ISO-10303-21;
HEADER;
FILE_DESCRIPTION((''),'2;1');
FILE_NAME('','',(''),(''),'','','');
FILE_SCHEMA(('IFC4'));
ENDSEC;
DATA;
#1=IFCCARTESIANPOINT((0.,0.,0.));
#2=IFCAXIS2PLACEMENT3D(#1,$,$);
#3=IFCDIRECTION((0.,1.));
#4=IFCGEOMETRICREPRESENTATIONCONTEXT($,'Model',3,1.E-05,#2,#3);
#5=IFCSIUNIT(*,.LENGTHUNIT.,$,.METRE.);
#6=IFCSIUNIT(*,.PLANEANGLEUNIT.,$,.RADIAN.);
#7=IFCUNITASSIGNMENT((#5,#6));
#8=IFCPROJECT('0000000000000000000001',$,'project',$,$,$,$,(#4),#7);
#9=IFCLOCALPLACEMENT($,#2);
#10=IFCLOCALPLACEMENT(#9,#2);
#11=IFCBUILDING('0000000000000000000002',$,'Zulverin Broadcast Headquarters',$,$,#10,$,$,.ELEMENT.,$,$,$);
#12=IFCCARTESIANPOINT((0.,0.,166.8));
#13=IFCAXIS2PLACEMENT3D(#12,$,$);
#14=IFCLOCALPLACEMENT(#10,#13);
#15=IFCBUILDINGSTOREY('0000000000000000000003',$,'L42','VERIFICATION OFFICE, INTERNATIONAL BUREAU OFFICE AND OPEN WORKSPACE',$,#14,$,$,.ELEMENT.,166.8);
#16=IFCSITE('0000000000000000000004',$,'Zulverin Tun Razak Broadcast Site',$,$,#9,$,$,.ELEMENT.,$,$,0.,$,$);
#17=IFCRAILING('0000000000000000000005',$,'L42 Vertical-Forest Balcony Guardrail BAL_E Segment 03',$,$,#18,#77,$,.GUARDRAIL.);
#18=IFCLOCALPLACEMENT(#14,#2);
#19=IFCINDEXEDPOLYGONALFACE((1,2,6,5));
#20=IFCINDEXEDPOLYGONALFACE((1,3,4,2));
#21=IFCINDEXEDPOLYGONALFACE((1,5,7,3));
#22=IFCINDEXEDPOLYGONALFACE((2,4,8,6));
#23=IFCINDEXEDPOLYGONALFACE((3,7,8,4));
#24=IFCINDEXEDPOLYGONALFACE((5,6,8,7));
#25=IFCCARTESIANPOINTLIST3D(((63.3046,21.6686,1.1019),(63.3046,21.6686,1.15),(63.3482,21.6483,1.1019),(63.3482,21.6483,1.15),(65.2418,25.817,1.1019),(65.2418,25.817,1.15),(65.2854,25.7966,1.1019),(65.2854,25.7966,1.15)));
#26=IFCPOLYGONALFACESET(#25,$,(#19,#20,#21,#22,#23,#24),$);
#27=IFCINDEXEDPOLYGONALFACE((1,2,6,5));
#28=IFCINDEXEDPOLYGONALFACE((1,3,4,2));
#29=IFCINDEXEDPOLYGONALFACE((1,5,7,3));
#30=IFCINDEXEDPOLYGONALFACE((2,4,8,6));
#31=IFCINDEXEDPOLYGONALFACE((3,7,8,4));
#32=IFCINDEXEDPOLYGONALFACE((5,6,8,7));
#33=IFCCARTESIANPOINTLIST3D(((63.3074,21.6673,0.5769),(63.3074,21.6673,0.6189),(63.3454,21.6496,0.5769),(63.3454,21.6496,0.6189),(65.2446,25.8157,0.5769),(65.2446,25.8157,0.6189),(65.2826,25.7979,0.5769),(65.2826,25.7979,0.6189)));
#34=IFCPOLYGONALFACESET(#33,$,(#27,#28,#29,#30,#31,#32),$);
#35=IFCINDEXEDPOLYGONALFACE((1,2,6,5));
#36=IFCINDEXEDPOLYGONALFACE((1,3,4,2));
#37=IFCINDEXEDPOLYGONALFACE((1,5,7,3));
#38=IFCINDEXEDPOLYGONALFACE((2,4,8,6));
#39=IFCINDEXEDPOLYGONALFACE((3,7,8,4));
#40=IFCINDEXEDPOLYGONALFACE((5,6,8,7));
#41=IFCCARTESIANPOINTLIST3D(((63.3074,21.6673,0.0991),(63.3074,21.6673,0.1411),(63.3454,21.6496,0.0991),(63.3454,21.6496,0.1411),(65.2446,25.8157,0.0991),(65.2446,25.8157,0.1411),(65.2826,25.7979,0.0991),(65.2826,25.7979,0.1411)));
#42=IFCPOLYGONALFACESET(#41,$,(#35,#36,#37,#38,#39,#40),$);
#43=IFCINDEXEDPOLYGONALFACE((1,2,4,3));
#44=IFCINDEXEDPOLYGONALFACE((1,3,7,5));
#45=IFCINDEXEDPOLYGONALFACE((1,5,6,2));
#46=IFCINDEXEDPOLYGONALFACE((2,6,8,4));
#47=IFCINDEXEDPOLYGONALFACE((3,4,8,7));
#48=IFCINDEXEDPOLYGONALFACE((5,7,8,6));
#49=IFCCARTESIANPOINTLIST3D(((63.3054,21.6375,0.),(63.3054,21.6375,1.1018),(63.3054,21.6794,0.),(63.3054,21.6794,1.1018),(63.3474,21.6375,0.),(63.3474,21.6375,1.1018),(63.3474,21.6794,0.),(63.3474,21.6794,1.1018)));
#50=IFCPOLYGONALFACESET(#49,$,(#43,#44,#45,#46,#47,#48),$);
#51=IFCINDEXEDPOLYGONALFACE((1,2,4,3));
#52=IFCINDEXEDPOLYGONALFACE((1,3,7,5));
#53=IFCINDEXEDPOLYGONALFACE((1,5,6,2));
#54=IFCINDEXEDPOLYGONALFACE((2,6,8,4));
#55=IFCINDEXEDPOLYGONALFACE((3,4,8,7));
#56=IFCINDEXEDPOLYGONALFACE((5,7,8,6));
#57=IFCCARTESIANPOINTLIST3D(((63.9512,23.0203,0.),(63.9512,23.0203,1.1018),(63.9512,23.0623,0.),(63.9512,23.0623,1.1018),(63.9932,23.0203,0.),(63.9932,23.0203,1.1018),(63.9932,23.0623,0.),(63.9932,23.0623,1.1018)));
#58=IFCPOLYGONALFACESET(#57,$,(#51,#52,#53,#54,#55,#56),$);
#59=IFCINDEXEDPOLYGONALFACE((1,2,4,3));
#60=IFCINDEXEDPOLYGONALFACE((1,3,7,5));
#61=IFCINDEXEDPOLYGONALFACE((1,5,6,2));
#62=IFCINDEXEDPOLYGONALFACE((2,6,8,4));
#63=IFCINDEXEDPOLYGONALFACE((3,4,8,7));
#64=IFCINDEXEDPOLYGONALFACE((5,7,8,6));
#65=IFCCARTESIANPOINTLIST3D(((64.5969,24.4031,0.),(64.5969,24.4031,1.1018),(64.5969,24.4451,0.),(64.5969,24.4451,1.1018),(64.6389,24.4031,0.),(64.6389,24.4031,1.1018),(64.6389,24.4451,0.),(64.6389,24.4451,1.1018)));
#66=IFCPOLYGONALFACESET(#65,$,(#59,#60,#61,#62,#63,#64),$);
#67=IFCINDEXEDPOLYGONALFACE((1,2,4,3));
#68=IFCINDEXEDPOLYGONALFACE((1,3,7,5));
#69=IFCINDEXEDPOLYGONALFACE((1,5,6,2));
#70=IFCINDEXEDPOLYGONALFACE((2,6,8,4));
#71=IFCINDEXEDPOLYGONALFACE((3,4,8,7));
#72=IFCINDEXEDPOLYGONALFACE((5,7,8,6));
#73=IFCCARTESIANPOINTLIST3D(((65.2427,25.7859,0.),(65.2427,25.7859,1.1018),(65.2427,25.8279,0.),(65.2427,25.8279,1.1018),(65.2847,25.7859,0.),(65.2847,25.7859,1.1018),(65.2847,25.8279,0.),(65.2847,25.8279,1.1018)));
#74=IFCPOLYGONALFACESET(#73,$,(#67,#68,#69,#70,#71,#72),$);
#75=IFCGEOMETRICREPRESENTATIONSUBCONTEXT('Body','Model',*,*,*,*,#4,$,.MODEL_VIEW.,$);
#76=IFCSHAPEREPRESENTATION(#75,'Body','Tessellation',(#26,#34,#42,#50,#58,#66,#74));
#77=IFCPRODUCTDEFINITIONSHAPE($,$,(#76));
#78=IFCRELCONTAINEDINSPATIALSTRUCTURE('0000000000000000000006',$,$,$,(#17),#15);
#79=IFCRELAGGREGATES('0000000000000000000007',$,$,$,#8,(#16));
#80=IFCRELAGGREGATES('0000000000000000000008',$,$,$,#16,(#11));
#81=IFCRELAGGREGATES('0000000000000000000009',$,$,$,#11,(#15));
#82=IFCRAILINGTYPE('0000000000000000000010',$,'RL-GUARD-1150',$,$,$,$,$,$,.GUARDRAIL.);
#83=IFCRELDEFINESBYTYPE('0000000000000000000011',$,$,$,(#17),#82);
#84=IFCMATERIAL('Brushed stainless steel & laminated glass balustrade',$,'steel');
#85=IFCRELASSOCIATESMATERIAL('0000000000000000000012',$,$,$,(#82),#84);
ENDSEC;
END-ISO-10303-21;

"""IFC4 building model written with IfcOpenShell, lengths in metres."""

from ifc_helpers import new_model, si_unit, direction, frame, origin, origin_2d, place, context, subcontext, project, spatial, rectangle, extrude, material, type_object, element, save


model = new_model("IFC4")

# Units and contexts
model_context = context("Model", 3, precision=1e-05, world=origin(), true_north=direction((0.0, 1.0)))
body_context = subcontext(model_context, "Body", "Model", "MODEL_VIEW")
ifc_project = project(units=[si_unit("LENGTHUNIT", "METRE"), si_unit("PLANEANGLEUNIT", "RADIAN")], contexts=[model_context])

# Site, building, storey
site_placement = place(None, origin())
site = spatial("IfcSite", under=ifc_project, at=site_placement, Name="Zulverin Tun Razak Broadcast Site", CompositionType="ELEMENT", RefElevation=0.0)
building_placement = place(site_placement, origin())
building = spatial("IfcBuilding", under=site, at=building_placement, Name="Zulverin Broadcast Headquarters", CompositionType="ELEMENT")
storey_placement = place(building_placement, frame((0.0, 0.0, 166.8)))
storey = spatial("IfcBuildingStorey", under=building, at=storey_placement, Name="L42", Description="VERIFICATION OFFICE, INTERNATIONAL BUREAU OFFICE AND OPEN WORKSPACE", CompositionType="ELEMENT", Elevation=166.8)

# Railing
ifc_material_1 = material(Name="Brushed stainless steel & laminated glass balustrade", Category="steel")
railing_type = type_object("IfcRailingType", Name="RL-GUARD-1150", PredefinedType="GUARDRAIL", material=ifc_material_1)
railing_1_placement = place(storey_placement, frame((63.3264, 21.6584, 0.0)))
element("IfcRailing", 1, at=railing_1_placement, inside=storey, type_object=railing_type, Name="L42 Vertical-Forest Balcony Guardrail BAL_E Segment 03", PredefinedType="GUARDRAIL", context=body_context, shape_type="SweptSolid", body=[
    extrude(rectangle(XDim=0.0481, YDim=0.0481, at=origin_2d()), frame((0.0, 0.0, 1.126), z_axis=(0.423122, 0.906073, 0.0), x_axis=(-0.906073, 0.423122, 0.0)), (0.0, 0.0, 1.0), 4.5784),
    extrude(rectangle(XDim=0.042, YDim=0.042, at=origin_2d()), frame((0.0, 0.0, 0.5979), z_axis=(0.423122, 0.906073, 0.0), x_axis=(-0.906073, 0.423122, 0.0)), (0.0, 0.0, 1.0), 4.5784),
    extrude(rectangle(XDim=0.042, YDim=0.042, at=origin_2d()), frame((0.0, 0.0, 0.1201), z_axis=(0.423122, 0.906073, 0.0), x_axis=(-0.906073, 0.423122, 0.0)), (0.0, 0.0, 1.0), 4.5784),
    extrude(rectangle(XDim=0.042, YDim=0.042, at=origin_2d()), origin(), (0.0, 0.0, 1.0), 1.1018),
    extrude(rectangle(XDim=0.042, YDim=0.042, at=origin_2d()), frame((0.6458, 1.3828, 0.0)), (0.0, 0.0, 1.0), 1.1018),
    extrude(rectangle(XDim=0.042, YDim=0.042, at=origin_2d()), frame((1.2915, 2.7656, 0.0)), (0.0, 0.0, 1.0), 1.1018),
    extrude(rectangle(XDim=0.042, YDim=0.042, at=origin_2d()), frame((1.9373, 4.1484, 0.0)), (0.0, 0.0, 1.0), 1.1018),
])

save(model, "model.ifc")
